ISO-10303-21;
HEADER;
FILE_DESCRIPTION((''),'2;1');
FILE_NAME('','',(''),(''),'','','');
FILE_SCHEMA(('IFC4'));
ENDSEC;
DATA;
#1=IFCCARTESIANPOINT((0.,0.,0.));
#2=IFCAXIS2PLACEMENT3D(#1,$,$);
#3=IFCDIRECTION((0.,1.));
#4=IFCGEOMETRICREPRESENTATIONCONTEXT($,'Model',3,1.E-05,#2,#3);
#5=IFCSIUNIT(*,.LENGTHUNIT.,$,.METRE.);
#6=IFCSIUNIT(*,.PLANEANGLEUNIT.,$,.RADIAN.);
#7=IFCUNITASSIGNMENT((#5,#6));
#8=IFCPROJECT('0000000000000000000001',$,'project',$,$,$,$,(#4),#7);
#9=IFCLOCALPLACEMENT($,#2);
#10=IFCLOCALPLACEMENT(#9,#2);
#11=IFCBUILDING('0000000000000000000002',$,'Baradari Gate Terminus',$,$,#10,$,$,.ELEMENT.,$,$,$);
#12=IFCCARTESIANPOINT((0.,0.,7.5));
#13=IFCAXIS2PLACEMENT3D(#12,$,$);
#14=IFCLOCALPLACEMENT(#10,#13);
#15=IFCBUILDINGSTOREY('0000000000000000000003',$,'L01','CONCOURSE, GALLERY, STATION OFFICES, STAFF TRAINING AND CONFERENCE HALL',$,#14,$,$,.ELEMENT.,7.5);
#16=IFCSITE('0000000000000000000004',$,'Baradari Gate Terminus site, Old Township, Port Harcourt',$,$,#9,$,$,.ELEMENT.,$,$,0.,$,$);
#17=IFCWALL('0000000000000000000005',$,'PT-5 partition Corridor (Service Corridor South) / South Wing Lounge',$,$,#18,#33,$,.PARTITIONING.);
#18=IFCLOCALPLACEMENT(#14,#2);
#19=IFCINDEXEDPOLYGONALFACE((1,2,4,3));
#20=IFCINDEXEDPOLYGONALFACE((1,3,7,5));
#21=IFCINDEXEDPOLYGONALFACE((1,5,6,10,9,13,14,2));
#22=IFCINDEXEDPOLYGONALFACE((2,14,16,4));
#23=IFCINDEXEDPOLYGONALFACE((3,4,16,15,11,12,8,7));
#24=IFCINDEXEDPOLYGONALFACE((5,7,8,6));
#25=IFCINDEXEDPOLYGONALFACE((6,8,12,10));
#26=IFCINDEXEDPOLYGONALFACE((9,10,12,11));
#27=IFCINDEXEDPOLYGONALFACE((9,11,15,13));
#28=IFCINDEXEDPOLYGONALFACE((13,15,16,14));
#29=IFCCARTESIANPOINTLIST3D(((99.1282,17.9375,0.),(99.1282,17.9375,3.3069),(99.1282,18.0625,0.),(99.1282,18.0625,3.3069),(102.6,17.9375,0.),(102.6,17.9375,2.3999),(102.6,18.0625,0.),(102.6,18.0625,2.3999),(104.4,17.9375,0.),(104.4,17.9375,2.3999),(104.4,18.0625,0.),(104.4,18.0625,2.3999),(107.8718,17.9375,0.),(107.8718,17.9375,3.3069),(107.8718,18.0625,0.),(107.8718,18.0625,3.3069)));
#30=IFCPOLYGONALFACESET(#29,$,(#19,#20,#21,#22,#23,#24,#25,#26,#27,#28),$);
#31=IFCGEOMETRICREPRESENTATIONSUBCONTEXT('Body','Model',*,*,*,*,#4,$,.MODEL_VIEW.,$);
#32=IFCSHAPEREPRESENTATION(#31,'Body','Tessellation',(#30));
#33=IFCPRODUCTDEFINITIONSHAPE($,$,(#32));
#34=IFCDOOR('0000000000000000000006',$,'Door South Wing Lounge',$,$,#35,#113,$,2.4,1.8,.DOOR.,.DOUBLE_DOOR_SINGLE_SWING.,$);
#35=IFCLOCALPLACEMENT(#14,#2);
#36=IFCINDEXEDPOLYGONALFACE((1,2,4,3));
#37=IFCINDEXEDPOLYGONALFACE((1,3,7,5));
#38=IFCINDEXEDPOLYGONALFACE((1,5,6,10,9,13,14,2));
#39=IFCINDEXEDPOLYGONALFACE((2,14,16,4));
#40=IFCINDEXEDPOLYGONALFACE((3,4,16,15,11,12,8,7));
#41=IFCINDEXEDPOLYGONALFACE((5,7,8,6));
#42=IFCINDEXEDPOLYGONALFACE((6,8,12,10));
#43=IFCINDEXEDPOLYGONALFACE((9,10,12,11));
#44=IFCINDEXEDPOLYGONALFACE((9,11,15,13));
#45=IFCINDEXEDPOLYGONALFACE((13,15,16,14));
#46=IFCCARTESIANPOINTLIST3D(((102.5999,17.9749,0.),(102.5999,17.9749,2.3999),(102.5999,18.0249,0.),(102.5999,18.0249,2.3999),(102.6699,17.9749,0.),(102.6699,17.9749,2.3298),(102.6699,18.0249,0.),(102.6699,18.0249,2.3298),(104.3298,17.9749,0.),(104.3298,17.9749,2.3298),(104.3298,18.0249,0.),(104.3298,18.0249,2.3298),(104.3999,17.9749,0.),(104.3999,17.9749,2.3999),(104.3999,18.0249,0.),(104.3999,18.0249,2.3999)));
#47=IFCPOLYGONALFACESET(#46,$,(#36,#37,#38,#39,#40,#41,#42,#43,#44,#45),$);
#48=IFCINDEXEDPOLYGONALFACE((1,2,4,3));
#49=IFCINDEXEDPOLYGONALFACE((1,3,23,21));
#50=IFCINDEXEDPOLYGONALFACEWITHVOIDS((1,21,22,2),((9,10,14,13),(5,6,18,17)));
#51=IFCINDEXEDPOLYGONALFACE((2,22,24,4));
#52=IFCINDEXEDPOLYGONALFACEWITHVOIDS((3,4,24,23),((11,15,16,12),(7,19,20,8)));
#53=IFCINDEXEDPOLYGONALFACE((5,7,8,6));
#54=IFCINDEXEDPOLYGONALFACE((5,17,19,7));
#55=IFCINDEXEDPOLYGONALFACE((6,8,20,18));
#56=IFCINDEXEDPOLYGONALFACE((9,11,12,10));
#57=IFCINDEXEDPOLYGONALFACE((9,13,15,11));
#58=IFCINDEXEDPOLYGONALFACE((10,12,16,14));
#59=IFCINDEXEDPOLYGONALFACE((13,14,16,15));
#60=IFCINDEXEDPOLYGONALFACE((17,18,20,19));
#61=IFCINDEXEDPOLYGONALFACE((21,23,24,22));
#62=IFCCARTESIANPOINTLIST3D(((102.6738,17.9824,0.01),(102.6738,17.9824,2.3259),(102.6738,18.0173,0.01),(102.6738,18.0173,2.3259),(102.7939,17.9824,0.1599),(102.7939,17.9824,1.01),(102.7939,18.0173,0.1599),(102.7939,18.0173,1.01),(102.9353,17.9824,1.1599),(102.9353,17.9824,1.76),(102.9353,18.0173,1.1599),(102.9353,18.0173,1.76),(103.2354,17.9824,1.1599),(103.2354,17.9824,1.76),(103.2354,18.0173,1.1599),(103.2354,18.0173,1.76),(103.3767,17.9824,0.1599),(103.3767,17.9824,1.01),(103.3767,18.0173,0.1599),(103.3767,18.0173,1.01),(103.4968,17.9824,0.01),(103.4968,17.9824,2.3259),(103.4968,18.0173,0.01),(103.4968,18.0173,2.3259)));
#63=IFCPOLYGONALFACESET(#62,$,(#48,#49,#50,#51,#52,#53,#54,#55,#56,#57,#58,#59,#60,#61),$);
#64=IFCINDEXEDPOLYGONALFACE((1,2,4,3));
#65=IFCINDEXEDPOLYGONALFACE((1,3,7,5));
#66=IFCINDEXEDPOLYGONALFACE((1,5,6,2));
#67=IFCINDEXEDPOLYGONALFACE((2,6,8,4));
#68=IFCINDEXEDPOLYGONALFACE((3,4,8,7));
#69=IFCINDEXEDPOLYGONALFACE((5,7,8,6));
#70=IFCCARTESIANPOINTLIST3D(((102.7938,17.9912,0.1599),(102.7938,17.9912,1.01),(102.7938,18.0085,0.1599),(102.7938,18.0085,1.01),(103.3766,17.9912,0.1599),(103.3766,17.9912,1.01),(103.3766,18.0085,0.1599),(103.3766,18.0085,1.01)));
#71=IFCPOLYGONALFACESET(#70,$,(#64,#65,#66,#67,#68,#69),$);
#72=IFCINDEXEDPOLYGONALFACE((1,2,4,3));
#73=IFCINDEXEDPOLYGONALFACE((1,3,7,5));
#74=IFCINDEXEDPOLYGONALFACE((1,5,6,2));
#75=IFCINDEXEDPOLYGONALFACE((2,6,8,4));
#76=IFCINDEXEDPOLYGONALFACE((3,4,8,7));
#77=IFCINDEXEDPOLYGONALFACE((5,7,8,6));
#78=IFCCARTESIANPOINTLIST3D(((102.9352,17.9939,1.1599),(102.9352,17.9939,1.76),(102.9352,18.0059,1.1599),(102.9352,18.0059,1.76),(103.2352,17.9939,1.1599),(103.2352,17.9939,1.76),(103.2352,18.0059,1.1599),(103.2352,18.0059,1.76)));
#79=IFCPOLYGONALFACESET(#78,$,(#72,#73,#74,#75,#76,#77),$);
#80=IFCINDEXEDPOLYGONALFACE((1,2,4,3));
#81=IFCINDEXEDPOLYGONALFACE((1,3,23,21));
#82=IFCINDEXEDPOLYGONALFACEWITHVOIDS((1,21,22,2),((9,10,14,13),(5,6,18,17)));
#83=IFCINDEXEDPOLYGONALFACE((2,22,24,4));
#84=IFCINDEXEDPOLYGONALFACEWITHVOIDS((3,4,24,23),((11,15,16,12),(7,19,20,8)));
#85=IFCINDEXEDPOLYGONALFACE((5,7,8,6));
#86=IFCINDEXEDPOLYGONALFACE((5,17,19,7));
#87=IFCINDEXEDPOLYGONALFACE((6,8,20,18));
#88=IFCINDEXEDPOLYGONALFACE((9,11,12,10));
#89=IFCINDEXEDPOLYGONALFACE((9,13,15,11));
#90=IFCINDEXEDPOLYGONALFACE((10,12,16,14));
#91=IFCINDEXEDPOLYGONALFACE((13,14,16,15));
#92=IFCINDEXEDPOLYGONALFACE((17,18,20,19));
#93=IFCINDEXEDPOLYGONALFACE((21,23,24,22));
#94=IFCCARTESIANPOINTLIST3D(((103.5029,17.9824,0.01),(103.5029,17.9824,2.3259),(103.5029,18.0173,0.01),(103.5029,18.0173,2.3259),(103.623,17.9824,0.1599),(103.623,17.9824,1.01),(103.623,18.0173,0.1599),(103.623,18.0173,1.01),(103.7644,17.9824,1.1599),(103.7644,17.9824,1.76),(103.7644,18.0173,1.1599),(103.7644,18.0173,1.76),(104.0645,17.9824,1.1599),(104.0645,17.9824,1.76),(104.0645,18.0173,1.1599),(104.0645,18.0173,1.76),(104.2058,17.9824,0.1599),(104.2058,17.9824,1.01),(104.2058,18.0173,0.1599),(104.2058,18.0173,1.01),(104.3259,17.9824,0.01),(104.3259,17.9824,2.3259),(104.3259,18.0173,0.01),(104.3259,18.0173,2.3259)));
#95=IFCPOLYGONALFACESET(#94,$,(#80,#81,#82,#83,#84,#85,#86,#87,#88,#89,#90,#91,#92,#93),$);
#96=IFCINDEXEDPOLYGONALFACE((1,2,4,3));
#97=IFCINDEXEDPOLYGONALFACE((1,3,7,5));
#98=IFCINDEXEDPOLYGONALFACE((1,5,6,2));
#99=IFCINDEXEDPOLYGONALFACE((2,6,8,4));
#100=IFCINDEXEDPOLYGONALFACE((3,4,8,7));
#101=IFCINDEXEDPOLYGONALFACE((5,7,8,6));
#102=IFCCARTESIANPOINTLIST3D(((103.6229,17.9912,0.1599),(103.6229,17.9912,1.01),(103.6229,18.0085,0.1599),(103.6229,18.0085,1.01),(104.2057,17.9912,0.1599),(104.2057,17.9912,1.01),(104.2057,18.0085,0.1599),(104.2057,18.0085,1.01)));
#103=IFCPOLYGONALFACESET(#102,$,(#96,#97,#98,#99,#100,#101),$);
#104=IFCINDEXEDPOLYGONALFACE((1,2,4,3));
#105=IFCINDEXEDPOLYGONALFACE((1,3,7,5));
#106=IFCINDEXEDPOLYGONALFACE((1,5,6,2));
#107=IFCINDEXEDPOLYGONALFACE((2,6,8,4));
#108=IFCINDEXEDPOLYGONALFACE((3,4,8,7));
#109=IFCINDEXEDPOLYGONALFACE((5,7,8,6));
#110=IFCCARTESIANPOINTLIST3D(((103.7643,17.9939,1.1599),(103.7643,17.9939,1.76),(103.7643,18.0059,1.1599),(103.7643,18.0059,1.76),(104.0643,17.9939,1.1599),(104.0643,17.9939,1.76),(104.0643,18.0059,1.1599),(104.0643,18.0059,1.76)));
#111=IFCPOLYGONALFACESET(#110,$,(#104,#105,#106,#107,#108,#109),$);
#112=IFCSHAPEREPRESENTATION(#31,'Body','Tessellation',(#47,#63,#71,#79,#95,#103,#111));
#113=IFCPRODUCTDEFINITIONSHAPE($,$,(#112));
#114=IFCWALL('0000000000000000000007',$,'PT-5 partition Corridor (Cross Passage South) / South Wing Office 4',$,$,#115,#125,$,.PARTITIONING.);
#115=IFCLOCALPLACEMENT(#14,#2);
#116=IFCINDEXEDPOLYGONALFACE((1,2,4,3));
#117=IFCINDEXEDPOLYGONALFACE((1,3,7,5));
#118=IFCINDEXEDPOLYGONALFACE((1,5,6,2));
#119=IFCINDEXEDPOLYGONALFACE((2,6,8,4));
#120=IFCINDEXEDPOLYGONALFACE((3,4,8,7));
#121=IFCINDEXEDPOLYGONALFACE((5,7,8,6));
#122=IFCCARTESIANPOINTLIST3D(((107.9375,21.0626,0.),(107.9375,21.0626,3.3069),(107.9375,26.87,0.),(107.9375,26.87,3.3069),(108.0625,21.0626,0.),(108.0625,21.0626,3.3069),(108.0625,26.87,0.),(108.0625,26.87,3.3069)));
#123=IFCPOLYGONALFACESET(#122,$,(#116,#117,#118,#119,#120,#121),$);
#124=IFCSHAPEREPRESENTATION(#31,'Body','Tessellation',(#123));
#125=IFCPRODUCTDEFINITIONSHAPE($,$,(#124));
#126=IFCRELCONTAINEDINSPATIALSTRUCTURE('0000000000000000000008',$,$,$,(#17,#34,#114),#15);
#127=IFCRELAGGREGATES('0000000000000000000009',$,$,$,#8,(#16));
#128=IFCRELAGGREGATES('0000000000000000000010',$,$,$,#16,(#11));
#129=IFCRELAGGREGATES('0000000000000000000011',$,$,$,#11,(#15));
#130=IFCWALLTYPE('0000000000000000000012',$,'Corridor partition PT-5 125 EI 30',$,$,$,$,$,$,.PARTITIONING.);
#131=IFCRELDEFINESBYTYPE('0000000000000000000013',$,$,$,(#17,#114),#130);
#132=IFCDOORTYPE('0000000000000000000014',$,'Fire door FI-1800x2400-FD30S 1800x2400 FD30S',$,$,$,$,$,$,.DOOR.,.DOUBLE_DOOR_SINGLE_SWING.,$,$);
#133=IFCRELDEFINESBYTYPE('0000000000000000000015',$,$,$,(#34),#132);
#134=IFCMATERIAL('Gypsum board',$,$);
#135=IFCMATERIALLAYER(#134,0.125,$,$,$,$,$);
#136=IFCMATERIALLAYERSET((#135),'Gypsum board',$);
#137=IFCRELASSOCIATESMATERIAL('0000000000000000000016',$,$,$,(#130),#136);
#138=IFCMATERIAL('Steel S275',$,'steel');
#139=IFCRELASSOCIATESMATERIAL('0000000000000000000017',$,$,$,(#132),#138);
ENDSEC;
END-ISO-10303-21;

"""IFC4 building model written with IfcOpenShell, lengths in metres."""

from ifc_helpers import new_model, si_unit, direction, frame, frame_2d, origin, place, context, subcontext, project, spatial, polyline, rectangle, outline, extrude, material, layer, layer_set, type_object, element, fill, save


model = new_model("IFC4")

# Units and contexts
model_context = context("Model", 3, precision=1e-05, world=origin(), true_north=direction((0.0, 1.0)))
body_context = subcontext(model_context, "Body", "Model", "MODEL_VIEW")
ifc_project = project(units=[si_unit("LENGTHUNIT", "METRE"), si_unit("PLANEANGLEUNIT", "RADIAN")], contexts=[model_context])

# Site, building, storey
site_placement = place(None, origin())
site = spatial("IfcSite", under=ifc_project, at=site_placement, Name="Baradari Gate Terminus site, Old Township, Port Harcourt", CompositionType="ELEMENT", RefElevation=0.0)
building_placement = place(site_placement, origin())
building = spatial("IfcBuilding", under=site, at=building_placement, Name="Baradari Gate Terminus", CompositionType="ELEMENT")
storey_placement = place(building_placement, frame((0.0, 0.0, 7.5)))
storey = spatial("IfcBuildingStorey", under=building, at=storey_placement, Name="L01", Description="CONCOURSE, GALLERY, STATION OFFICES, STAFF TRAINING AND CONFERENCE HALL", CompositionType="ELEMENT", Elevation=7.5)

# Wall, opening, door
ifc_material_1 = material(Name="Gypsum board")
ifc_layer_1 = layer(ifc_material_1, 0.125)
ifc_layer_set_1 = layer_set([ifc_layer_1], Name="Gypsum board")
wall_type_1 = type_object("IfcWallType", Name="Corridor partition PT-5 125 EI 30", PredefinedType="PARTITIONING", material=ifc_layer_set_1)
wall_1_placement = place(storey_placement, frame((107.8718, 18.0, 0.0), z_axis=(0.0, 0.0, 1.0), x_axis=(-1.0, 0.0, 0.0)))
wall_1 = element("IfcWall", 1, at=wall_1_placement, inside=storey, type_object=wall_type_1, Name="PT-5 partition Corridor (Service Corridor South) / South Wing Lounge", PredefinedType="PARTITIONING", context=body_context, shape_type="SweptSolid", body=[
    extrude(rectangle(XDim=8.7437, YDim=0.125, at=frame_2d((4.3718, 0.0))), origin(), (0.0, 0.0, 1.0), 3.3069),
])
opening_1_placement = place(wall_1_placement, frame((3.4719, 0.0, 0.0)))
opening_1 = element("IfcOpeningElement", 2, at=opening_1_placement, cuts=wall_1, PredefinedType="OPENING", context=body_context, shape_type="SweptSolid", body=[
    extrude(rectangle(XDim=1.8, YDim=2.3999, at=frame_2d((0.8999, 1.2))), frame((0.0, 0.0725, 0.0), z_axis=(0.0, -1.0, 0.0), x_axis=(1.0, 0.0, 0.0)), (0.0, 0.0, 1.0), 0.145),
])
ifc_material_2 = material(Name="Steel S275", Category="steel")
door_type = type_object("IfcDoorType", Name="Fire door FI-1800x2400-FD30S 1800x2400 FD30S", OperationType="DOUBLE_DOOR_SINGLE_SWING", PredefinedType="DOOR", material=ifc_material_2)
door_placement = place(opening_1_placement, frame((1.8, 0.0, 0.0), z_axis=(0.0, 0.0, 1.0), x_axis=(-1.0, 0.0, 0.0)))
door = element("IfcDoor", 3, at=door_placement, inside=storey, type_object=door_type, Name="Door South Wing Lounge", OperationType="DOUBLE_DOOR_SINGLE_SWING", OverallHeight=2.4, OverallWidth=1.8, PredefinedType="DOOR", context=body_context, shape_type="SweptSolid", body=[
    extrude(outline(polyline([(0.0, 0.0), (0.0701, 0.0), (0.0701, 2.3298), (1.73, 2.3298), (1.73, 0.0), (1.8, 0.0), (1.8, 2.3999), (0.0, 2.3999), (0.0, 0.0)])), frame((0.0, 0.0249, 0.0), z_axis=(0.0, -1.0, 0.0), x_axis=(1.0, 0.0, 0.0)), (0.0, 0.0, 1.0), 0.05),
    extrude(outline(polyline([(0.074, 0.01), (0.897, 0.01), (0.897, 2.3259), (0.074, 2.3259), (0.074, 0.01)]), holes=[polyline([(0.1941, 0.1599), (0.7769, 0.1599), (0.7769, 1.01), (0.1941, 1.01), (0.1941, 0.1599)]), polyline([(0.3354, 1.1599), (0.6355, 1.1599), (0.6355, 1.76), (0.3354, 1.76), (0.3354, 1.1599)])]), frame((0.0, 0.0173, 0.0), z_axis=(0.0, -1.0, 0.0), x_axis=(1.0, 0.0, 0.0)), (0.0, 0.0, 1.0), 0.0349),
    extrude(rectangle(XDim=0.5828, YDim=0.8501, at=frame_2d((0.4854, 0.585))), frame((0.0, 0.0085, 0.0), z_axis=(0.0, -1.0, 0.0), x_axis=(1.0, 0.0, 0.0)), (0.0, 0.0, 1.0), 0.0173),
    extrude(rectangle(XDim=0.3, YDim=0.6001, at=frame_2d((0.4854, 1.46))), frame((0.0, 0.0059, 0.0), z_axis=(0.0, -1.0, 0.0), x_axis=(1.0, 0.0, 0.0)), (0.0, 0.0, 1.0), 0.012),
    extrude(outline(polyline([(0.9031, 0.01), (1.7261, 0.01), (1.7261, 2.3259), (0.9031, 2.3259), (0.9031, 0.01)]), holes=[polyline([(1.0232, 0.1599), (1.606, 0.1599), (1.606, 1.01), (1.0232, 1.01), (1.0232, 0.1599)]), polyline([(1.1646, 1.1599), (1.4646, 1.1599), (1.4646, 1.76), (1.1646, 1.76), (1.1646, 1.1599)])]), frame((0.0, 0.0173, 0.0), z_axis=(0.0, -1.0, 0.0), x_axis=(1.0, 0.0, 0.0)), (0.0, 0.0, 1.0), 0.0349),
    extrude(rectangle(XDim=0.5828, YDim=0.8501, at=frame_2d((1.3145, 0.585))), frame((0.0, 0.0085, 0.0), z_axis=(0.0, -1.0, 0.0), x_axis=(1.0, 0.0, 0.0)), (0.0, 0.0, 1.0), 0.0173),
    extrude(rectangle(XDim=0.3, YDim=0.6001, at=frame_2d((1.3145, 1.46))), frame((0.0, 0.0059, 0.0), z_axis=(0.0, -1.0, 0.0), x_axis=(1.0, 0.0, 0.0)), (0.0, 0.0, 1.0), 0.012),
])
fill(opening_1, door)

# Wall
wall_2_placement = place(storey_placement, frame((108.0, 21.0625, 0.0), z_axis=(0.0, 0.0, 1.0), x_axis=(0.0, 1.0, 0.0)))
element("IfcWall", 4, at=wall_2_placement, inside=storey, type_object=wall_type_1, Name="PT-5 partition Corridor (Cross Passage South) / South Wing Office 4", PredefinedType="PARTITIONING", context=body_context, shape_type="SweptSolid", body=[
    extrude(rectangle(XDim=5.8074, YDim=0.125, at=frame_2d((2.9038, 0.0))), origin(), (0.0, 0.0, 1.0), 3.3069),
])

save(model, "model.ifc")
